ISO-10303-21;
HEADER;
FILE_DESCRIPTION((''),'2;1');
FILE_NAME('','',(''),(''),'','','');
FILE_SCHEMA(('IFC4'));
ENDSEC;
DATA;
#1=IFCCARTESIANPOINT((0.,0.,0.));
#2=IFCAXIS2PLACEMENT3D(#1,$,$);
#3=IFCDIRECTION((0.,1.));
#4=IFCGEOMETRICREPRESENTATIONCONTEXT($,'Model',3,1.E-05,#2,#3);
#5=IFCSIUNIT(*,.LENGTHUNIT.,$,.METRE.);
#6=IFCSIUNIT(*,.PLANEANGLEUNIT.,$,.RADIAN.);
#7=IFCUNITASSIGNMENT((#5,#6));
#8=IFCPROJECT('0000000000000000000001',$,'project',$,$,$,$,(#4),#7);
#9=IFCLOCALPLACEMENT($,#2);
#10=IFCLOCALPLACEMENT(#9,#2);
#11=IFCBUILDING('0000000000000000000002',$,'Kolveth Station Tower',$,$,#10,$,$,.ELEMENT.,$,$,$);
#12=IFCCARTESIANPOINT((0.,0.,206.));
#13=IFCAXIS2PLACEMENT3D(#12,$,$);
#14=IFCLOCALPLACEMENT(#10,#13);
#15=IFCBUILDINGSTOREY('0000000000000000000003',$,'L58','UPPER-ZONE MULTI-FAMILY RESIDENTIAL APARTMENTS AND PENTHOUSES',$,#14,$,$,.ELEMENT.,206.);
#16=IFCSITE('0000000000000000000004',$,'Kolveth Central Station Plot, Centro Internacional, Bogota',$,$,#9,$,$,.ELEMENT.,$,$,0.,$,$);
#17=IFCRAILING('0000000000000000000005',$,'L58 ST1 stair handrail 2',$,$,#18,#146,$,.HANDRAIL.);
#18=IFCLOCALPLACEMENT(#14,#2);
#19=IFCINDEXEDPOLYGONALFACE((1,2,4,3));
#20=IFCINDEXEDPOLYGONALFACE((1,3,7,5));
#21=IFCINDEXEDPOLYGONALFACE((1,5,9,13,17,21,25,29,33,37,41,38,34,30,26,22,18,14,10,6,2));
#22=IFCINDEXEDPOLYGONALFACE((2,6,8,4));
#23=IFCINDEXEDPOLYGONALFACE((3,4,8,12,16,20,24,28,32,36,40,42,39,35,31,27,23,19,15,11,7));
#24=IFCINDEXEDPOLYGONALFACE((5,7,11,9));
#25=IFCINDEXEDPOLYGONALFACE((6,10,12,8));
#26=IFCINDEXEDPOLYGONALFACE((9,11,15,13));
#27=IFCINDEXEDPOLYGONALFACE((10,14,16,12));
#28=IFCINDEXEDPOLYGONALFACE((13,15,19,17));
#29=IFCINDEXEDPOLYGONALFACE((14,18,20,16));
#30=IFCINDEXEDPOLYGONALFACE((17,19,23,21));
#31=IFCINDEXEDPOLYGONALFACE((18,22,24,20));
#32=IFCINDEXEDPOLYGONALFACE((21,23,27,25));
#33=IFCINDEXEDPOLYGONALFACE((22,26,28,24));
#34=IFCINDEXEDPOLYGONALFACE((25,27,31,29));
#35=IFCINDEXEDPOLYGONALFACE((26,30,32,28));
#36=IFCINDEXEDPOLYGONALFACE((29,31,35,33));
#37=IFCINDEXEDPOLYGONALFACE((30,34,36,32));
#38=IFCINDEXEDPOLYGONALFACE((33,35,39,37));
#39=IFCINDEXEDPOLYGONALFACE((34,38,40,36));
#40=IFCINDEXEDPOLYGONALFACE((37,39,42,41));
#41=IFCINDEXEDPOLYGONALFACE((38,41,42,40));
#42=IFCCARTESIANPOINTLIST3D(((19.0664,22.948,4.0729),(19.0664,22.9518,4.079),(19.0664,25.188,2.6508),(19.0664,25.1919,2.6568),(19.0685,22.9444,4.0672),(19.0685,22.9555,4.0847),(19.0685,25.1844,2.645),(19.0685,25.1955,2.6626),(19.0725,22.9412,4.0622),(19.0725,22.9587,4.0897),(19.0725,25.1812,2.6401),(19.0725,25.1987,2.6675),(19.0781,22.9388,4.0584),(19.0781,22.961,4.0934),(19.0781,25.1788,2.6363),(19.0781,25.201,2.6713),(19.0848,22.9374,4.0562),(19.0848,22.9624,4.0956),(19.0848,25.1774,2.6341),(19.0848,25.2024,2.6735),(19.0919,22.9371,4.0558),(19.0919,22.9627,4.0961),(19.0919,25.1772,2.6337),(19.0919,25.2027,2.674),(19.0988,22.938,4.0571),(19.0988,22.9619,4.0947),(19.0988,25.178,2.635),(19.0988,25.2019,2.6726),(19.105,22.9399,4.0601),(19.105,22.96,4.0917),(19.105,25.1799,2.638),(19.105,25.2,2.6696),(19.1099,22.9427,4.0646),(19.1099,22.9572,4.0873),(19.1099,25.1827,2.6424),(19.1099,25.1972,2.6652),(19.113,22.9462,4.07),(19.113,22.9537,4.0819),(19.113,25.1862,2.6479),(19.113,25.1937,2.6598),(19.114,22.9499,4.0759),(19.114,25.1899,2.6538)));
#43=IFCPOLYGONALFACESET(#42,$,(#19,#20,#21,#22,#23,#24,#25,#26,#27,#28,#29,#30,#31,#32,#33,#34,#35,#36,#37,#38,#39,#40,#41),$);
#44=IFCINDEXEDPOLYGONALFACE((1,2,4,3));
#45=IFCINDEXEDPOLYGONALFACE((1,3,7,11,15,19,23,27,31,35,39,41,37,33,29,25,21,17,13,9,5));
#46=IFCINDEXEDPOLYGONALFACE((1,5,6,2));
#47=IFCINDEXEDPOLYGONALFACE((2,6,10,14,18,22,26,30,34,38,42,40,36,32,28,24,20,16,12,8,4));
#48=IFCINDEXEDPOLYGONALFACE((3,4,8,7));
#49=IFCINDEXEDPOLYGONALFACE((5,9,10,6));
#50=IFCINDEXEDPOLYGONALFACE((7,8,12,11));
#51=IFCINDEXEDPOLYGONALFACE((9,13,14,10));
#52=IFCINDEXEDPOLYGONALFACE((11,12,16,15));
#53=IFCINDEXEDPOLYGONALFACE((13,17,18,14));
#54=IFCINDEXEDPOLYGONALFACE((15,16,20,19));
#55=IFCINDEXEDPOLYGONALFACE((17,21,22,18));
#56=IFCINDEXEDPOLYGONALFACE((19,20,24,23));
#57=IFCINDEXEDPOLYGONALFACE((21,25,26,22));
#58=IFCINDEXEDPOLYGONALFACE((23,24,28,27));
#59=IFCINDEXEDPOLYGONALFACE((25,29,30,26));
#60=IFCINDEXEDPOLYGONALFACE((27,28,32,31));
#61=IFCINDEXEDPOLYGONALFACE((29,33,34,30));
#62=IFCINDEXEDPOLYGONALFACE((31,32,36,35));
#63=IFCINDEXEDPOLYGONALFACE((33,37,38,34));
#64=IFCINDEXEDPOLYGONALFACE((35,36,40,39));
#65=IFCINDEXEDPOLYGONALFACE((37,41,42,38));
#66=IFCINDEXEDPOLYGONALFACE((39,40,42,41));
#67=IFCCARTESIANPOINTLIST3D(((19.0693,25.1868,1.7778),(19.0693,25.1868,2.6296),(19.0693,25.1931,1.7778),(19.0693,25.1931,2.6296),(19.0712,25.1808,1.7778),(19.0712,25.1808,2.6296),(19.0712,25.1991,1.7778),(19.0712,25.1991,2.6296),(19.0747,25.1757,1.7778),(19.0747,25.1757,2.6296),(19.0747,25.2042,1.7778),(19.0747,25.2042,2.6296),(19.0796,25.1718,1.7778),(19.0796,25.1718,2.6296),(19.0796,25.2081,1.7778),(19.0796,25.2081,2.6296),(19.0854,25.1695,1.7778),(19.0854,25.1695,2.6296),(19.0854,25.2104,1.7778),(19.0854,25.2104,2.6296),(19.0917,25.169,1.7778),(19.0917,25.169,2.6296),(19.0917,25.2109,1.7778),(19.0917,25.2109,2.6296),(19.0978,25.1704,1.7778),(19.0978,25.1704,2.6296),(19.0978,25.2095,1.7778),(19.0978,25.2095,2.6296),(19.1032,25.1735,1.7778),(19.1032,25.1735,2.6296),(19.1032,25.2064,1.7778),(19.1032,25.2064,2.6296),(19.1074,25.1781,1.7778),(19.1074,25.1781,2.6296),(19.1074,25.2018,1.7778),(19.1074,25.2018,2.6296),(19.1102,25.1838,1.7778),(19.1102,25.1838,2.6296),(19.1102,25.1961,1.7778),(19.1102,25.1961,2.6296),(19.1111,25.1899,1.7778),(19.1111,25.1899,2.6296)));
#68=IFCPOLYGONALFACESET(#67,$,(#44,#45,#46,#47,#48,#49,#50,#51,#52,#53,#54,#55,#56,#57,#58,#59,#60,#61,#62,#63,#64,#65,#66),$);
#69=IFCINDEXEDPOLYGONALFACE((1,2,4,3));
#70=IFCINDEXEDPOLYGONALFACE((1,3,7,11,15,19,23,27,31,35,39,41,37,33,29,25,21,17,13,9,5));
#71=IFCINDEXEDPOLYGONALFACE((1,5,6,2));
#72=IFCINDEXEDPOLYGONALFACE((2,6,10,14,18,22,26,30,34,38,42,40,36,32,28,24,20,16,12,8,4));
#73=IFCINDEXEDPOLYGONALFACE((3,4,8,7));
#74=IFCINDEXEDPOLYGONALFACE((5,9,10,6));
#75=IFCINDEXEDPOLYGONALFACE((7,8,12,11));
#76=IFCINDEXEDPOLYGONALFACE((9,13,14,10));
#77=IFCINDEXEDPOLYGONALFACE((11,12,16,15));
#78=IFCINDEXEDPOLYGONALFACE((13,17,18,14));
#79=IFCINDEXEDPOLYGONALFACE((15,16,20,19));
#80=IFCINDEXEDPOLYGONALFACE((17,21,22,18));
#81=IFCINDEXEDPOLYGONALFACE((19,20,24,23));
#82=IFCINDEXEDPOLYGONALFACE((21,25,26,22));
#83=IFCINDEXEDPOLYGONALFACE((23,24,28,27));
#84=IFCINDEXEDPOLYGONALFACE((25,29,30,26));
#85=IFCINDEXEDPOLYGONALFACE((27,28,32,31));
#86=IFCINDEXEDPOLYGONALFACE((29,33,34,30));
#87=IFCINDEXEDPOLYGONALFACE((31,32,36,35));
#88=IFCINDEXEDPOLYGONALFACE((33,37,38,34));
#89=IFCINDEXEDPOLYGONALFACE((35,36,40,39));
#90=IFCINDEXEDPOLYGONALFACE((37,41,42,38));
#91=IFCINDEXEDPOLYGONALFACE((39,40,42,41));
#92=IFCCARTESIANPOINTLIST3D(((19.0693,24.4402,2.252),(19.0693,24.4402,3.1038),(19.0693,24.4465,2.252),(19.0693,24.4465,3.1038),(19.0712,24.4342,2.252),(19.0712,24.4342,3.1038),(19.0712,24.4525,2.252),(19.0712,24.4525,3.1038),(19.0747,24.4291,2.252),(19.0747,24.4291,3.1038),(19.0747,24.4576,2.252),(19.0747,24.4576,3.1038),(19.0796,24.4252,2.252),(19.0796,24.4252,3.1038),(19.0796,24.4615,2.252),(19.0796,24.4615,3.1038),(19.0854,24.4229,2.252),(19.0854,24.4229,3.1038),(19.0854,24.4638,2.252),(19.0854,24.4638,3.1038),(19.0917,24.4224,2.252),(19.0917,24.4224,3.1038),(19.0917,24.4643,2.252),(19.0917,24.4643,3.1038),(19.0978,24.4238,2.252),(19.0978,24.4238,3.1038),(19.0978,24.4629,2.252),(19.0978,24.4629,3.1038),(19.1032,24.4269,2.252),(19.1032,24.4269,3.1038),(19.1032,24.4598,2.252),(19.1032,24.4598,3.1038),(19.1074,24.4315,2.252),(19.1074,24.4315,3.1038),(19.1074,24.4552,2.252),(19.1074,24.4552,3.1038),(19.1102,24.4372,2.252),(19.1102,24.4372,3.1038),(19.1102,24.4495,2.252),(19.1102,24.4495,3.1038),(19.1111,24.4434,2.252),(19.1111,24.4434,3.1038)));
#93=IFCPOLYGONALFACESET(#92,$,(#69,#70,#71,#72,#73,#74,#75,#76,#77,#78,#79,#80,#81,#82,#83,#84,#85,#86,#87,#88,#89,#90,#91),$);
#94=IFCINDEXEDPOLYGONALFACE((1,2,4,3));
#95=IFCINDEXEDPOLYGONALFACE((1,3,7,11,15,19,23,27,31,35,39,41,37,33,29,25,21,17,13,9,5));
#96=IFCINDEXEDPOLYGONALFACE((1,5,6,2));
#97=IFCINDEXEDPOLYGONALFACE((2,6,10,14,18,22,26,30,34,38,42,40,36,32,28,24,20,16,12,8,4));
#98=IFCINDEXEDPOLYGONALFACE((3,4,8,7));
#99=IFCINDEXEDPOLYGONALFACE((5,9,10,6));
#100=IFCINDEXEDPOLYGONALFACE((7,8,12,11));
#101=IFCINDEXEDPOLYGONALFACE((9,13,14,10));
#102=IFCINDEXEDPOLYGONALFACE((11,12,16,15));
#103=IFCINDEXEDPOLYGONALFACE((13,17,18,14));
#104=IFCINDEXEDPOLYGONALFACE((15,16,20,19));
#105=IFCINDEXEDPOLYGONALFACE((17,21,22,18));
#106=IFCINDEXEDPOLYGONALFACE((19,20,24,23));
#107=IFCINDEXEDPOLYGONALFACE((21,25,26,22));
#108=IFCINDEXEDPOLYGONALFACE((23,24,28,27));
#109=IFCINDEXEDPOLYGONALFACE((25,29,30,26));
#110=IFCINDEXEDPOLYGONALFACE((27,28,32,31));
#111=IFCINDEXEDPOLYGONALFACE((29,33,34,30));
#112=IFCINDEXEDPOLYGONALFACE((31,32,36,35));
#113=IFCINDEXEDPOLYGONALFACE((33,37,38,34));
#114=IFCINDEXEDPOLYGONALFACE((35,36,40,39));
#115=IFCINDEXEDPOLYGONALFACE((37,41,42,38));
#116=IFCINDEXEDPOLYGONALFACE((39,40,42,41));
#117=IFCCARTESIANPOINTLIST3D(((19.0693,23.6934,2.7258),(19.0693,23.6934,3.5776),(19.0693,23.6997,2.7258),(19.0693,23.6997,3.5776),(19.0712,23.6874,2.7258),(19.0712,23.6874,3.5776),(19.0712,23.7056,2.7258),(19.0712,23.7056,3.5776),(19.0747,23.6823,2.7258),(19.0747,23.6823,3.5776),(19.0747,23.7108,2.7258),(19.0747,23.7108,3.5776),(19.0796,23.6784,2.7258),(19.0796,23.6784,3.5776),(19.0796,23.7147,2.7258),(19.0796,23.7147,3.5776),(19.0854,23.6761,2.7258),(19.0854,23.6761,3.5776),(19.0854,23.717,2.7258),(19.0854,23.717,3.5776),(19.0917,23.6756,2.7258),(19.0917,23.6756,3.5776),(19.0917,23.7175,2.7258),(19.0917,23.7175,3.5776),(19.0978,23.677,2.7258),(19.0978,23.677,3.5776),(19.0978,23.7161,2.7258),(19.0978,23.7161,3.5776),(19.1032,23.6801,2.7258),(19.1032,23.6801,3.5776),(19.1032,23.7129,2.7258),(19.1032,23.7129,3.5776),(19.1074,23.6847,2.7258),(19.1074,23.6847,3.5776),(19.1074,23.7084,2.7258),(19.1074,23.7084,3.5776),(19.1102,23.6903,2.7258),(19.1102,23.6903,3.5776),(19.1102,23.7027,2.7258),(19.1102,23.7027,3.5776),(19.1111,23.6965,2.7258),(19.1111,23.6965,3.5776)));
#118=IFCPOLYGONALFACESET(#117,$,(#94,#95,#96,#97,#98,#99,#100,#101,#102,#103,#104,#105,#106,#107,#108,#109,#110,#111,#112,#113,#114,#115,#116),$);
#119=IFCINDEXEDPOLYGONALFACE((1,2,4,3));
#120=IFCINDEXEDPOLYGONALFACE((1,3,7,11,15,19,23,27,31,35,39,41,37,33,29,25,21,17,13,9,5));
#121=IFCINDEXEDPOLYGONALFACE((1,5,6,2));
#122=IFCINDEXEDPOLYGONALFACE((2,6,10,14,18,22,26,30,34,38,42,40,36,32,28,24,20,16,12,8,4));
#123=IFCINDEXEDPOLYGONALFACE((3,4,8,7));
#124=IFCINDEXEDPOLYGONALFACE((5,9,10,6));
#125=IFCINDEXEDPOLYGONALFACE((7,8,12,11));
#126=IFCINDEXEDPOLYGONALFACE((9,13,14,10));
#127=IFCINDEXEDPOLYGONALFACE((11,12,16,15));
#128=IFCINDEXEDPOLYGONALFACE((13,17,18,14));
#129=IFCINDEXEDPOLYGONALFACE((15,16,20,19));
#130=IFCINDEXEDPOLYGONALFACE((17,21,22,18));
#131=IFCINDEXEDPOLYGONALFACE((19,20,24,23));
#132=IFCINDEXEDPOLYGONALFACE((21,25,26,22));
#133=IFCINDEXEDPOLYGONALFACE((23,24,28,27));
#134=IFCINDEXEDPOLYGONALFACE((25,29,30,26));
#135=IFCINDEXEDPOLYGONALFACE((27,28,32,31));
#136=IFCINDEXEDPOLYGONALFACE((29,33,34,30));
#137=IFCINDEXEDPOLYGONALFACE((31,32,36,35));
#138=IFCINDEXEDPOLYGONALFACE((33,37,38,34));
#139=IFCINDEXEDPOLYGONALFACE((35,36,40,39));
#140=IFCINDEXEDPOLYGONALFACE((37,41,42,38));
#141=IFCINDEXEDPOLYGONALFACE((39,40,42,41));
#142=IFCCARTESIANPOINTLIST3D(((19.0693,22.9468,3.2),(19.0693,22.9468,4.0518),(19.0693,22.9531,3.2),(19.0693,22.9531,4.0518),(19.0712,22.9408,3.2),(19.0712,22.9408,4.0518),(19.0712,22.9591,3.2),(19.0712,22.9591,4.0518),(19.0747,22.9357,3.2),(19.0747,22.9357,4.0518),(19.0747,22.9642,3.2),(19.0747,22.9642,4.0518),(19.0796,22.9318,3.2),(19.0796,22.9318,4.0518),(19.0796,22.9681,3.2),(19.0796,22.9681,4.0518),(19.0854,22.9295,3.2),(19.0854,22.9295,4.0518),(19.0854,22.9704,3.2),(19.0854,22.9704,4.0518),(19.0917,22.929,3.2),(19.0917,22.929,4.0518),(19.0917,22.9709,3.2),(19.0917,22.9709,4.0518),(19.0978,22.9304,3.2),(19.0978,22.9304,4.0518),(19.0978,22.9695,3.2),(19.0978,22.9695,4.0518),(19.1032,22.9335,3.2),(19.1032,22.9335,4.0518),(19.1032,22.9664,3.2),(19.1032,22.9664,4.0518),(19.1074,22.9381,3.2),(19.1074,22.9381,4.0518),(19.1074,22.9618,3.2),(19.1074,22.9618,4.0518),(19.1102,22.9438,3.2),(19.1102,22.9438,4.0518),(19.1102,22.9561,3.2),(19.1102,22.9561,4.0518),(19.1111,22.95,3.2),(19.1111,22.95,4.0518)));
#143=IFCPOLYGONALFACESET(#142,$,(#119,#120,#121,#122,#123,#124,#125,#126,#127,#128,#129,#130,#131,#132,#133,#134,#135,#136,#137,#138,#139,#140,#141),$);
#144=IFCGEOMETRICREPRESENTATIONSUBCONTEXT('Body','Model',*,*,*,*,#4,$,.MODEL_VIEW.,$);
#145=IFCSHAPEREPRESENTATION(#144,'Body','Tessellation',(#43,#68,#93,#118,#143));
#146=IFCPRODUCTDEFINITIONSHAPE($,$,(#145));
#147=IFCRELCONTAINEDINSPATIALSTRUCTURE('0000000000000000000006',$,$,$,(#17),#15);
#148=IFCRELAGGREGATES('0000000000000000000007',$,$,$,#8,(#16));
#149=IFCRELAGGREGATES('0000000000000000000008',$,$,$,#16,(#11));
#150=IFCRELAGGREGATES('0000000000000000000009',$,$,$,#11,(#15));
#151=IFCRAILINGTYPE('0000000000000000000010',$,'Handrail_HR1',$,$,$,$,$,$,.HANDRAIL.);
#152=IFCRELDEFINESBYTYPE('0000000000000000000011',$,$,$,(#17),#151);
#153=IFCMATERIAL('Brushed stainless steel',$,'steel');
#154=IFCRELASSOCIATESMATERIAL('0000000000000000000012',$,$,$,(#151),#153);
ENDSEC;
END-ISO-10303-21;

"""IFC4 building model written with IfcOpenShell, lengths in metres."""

from ifc_helpers import new_model, si_unit, direction, frame, origin, origin_2d, place, context, subcontext, project, spatial, circle, extrude, material, type_object, element, save


model = new_model("IFC4")

# Units and contexts
model_context = context("Model", 3, precision=1e-05, world=origin(), true_north=direction((0.0, 1.0)))
body_context = subcontext(model_context, "Body", "Model", "MODEL_VIEW")
ifc_project = project(units=[si_unit("LENGTHUNIT", "METRE"), si_unit("PLANEANGLEUNIT", "RADIAN")], contexts=[model_context])

# Site, building, storey
site_placement = place(None, origin())
site = spatial("IfcSite", under=ifc_project, at=site_placement, Name="Kolveth Central Station Plot, Centro Internacional, Bogota", CompositionType="ELEMENT", RefElevation=0.0)
building_placement = place(site_placement, origin())
building = spatial("IfcBuilding", under=site, at=building_placement, Name="Kolveth Station Tower", CompositionType="ELEMENT")
storey_placement = place(building_placement, frame((0.0, 0.0, 206.0)))
storey = spatial("IfcBuildingStorey", under=building, at=storey_placement, Name="L58", Description="UPPER-ZONE MULTI-FAMILY RESIDENTIAL APARTMENTS AND PENTHOUSES", CompositionType="ELEMENT", Elevation=206.0)

# Railing
ifc_material_1 = material(Name="Brushed stainless steel", Category="steel")
railing_type_1 = type_object("IfcRailingType", Name="Handrail_HR1", PredefinedType="HANDRAIL", material=ifc_material_1)
railing_1_placement = place(storey_placement, frame((19.0901, 25.1899, 1.7778)))
element("IfcRailing", 1, at=railing_1_placement, inside=storey, type_object=railing_type_1, Name="L58 ST1 stair handrail 2", PredefinedType="HANDRAIL", context=body_context, shape_type="SweptSolid", body=[
    extrude(circle(Radius=0.0239, at=origin_2d()), frame((0.0, 0.0, 0.876), z_axis=(0.0, -0.844229, 0.535982), x_axis=(1.0, 0.0, 0.0)), (0.0, 0.0, 1.0), 2.6533),
    extrude(circle(Radius=0.021, at=origin_2d()), origin(), (0.0, 0.0, 1.0), 0.8518),
    extrude(circle(Radius=0.021, at=origin_2d()), frame((0.0, -0.7466, 0.4741)), (0.0, 0.0, 1.0), 0.8518),
    extrude(circle(Radius=0.021, at=origin_2d()), frame((0.0, -1.4934, 0.948)), (0.0, 0.0, 1.0), 0.8518),
    extrude(circle(Radius=0.021, at=origin_2d()), frame((0.0, -2.24, 1.4221)), (0.0, 0.0, 1.0), 0.8518),
])

save(model, "model.ifc")
